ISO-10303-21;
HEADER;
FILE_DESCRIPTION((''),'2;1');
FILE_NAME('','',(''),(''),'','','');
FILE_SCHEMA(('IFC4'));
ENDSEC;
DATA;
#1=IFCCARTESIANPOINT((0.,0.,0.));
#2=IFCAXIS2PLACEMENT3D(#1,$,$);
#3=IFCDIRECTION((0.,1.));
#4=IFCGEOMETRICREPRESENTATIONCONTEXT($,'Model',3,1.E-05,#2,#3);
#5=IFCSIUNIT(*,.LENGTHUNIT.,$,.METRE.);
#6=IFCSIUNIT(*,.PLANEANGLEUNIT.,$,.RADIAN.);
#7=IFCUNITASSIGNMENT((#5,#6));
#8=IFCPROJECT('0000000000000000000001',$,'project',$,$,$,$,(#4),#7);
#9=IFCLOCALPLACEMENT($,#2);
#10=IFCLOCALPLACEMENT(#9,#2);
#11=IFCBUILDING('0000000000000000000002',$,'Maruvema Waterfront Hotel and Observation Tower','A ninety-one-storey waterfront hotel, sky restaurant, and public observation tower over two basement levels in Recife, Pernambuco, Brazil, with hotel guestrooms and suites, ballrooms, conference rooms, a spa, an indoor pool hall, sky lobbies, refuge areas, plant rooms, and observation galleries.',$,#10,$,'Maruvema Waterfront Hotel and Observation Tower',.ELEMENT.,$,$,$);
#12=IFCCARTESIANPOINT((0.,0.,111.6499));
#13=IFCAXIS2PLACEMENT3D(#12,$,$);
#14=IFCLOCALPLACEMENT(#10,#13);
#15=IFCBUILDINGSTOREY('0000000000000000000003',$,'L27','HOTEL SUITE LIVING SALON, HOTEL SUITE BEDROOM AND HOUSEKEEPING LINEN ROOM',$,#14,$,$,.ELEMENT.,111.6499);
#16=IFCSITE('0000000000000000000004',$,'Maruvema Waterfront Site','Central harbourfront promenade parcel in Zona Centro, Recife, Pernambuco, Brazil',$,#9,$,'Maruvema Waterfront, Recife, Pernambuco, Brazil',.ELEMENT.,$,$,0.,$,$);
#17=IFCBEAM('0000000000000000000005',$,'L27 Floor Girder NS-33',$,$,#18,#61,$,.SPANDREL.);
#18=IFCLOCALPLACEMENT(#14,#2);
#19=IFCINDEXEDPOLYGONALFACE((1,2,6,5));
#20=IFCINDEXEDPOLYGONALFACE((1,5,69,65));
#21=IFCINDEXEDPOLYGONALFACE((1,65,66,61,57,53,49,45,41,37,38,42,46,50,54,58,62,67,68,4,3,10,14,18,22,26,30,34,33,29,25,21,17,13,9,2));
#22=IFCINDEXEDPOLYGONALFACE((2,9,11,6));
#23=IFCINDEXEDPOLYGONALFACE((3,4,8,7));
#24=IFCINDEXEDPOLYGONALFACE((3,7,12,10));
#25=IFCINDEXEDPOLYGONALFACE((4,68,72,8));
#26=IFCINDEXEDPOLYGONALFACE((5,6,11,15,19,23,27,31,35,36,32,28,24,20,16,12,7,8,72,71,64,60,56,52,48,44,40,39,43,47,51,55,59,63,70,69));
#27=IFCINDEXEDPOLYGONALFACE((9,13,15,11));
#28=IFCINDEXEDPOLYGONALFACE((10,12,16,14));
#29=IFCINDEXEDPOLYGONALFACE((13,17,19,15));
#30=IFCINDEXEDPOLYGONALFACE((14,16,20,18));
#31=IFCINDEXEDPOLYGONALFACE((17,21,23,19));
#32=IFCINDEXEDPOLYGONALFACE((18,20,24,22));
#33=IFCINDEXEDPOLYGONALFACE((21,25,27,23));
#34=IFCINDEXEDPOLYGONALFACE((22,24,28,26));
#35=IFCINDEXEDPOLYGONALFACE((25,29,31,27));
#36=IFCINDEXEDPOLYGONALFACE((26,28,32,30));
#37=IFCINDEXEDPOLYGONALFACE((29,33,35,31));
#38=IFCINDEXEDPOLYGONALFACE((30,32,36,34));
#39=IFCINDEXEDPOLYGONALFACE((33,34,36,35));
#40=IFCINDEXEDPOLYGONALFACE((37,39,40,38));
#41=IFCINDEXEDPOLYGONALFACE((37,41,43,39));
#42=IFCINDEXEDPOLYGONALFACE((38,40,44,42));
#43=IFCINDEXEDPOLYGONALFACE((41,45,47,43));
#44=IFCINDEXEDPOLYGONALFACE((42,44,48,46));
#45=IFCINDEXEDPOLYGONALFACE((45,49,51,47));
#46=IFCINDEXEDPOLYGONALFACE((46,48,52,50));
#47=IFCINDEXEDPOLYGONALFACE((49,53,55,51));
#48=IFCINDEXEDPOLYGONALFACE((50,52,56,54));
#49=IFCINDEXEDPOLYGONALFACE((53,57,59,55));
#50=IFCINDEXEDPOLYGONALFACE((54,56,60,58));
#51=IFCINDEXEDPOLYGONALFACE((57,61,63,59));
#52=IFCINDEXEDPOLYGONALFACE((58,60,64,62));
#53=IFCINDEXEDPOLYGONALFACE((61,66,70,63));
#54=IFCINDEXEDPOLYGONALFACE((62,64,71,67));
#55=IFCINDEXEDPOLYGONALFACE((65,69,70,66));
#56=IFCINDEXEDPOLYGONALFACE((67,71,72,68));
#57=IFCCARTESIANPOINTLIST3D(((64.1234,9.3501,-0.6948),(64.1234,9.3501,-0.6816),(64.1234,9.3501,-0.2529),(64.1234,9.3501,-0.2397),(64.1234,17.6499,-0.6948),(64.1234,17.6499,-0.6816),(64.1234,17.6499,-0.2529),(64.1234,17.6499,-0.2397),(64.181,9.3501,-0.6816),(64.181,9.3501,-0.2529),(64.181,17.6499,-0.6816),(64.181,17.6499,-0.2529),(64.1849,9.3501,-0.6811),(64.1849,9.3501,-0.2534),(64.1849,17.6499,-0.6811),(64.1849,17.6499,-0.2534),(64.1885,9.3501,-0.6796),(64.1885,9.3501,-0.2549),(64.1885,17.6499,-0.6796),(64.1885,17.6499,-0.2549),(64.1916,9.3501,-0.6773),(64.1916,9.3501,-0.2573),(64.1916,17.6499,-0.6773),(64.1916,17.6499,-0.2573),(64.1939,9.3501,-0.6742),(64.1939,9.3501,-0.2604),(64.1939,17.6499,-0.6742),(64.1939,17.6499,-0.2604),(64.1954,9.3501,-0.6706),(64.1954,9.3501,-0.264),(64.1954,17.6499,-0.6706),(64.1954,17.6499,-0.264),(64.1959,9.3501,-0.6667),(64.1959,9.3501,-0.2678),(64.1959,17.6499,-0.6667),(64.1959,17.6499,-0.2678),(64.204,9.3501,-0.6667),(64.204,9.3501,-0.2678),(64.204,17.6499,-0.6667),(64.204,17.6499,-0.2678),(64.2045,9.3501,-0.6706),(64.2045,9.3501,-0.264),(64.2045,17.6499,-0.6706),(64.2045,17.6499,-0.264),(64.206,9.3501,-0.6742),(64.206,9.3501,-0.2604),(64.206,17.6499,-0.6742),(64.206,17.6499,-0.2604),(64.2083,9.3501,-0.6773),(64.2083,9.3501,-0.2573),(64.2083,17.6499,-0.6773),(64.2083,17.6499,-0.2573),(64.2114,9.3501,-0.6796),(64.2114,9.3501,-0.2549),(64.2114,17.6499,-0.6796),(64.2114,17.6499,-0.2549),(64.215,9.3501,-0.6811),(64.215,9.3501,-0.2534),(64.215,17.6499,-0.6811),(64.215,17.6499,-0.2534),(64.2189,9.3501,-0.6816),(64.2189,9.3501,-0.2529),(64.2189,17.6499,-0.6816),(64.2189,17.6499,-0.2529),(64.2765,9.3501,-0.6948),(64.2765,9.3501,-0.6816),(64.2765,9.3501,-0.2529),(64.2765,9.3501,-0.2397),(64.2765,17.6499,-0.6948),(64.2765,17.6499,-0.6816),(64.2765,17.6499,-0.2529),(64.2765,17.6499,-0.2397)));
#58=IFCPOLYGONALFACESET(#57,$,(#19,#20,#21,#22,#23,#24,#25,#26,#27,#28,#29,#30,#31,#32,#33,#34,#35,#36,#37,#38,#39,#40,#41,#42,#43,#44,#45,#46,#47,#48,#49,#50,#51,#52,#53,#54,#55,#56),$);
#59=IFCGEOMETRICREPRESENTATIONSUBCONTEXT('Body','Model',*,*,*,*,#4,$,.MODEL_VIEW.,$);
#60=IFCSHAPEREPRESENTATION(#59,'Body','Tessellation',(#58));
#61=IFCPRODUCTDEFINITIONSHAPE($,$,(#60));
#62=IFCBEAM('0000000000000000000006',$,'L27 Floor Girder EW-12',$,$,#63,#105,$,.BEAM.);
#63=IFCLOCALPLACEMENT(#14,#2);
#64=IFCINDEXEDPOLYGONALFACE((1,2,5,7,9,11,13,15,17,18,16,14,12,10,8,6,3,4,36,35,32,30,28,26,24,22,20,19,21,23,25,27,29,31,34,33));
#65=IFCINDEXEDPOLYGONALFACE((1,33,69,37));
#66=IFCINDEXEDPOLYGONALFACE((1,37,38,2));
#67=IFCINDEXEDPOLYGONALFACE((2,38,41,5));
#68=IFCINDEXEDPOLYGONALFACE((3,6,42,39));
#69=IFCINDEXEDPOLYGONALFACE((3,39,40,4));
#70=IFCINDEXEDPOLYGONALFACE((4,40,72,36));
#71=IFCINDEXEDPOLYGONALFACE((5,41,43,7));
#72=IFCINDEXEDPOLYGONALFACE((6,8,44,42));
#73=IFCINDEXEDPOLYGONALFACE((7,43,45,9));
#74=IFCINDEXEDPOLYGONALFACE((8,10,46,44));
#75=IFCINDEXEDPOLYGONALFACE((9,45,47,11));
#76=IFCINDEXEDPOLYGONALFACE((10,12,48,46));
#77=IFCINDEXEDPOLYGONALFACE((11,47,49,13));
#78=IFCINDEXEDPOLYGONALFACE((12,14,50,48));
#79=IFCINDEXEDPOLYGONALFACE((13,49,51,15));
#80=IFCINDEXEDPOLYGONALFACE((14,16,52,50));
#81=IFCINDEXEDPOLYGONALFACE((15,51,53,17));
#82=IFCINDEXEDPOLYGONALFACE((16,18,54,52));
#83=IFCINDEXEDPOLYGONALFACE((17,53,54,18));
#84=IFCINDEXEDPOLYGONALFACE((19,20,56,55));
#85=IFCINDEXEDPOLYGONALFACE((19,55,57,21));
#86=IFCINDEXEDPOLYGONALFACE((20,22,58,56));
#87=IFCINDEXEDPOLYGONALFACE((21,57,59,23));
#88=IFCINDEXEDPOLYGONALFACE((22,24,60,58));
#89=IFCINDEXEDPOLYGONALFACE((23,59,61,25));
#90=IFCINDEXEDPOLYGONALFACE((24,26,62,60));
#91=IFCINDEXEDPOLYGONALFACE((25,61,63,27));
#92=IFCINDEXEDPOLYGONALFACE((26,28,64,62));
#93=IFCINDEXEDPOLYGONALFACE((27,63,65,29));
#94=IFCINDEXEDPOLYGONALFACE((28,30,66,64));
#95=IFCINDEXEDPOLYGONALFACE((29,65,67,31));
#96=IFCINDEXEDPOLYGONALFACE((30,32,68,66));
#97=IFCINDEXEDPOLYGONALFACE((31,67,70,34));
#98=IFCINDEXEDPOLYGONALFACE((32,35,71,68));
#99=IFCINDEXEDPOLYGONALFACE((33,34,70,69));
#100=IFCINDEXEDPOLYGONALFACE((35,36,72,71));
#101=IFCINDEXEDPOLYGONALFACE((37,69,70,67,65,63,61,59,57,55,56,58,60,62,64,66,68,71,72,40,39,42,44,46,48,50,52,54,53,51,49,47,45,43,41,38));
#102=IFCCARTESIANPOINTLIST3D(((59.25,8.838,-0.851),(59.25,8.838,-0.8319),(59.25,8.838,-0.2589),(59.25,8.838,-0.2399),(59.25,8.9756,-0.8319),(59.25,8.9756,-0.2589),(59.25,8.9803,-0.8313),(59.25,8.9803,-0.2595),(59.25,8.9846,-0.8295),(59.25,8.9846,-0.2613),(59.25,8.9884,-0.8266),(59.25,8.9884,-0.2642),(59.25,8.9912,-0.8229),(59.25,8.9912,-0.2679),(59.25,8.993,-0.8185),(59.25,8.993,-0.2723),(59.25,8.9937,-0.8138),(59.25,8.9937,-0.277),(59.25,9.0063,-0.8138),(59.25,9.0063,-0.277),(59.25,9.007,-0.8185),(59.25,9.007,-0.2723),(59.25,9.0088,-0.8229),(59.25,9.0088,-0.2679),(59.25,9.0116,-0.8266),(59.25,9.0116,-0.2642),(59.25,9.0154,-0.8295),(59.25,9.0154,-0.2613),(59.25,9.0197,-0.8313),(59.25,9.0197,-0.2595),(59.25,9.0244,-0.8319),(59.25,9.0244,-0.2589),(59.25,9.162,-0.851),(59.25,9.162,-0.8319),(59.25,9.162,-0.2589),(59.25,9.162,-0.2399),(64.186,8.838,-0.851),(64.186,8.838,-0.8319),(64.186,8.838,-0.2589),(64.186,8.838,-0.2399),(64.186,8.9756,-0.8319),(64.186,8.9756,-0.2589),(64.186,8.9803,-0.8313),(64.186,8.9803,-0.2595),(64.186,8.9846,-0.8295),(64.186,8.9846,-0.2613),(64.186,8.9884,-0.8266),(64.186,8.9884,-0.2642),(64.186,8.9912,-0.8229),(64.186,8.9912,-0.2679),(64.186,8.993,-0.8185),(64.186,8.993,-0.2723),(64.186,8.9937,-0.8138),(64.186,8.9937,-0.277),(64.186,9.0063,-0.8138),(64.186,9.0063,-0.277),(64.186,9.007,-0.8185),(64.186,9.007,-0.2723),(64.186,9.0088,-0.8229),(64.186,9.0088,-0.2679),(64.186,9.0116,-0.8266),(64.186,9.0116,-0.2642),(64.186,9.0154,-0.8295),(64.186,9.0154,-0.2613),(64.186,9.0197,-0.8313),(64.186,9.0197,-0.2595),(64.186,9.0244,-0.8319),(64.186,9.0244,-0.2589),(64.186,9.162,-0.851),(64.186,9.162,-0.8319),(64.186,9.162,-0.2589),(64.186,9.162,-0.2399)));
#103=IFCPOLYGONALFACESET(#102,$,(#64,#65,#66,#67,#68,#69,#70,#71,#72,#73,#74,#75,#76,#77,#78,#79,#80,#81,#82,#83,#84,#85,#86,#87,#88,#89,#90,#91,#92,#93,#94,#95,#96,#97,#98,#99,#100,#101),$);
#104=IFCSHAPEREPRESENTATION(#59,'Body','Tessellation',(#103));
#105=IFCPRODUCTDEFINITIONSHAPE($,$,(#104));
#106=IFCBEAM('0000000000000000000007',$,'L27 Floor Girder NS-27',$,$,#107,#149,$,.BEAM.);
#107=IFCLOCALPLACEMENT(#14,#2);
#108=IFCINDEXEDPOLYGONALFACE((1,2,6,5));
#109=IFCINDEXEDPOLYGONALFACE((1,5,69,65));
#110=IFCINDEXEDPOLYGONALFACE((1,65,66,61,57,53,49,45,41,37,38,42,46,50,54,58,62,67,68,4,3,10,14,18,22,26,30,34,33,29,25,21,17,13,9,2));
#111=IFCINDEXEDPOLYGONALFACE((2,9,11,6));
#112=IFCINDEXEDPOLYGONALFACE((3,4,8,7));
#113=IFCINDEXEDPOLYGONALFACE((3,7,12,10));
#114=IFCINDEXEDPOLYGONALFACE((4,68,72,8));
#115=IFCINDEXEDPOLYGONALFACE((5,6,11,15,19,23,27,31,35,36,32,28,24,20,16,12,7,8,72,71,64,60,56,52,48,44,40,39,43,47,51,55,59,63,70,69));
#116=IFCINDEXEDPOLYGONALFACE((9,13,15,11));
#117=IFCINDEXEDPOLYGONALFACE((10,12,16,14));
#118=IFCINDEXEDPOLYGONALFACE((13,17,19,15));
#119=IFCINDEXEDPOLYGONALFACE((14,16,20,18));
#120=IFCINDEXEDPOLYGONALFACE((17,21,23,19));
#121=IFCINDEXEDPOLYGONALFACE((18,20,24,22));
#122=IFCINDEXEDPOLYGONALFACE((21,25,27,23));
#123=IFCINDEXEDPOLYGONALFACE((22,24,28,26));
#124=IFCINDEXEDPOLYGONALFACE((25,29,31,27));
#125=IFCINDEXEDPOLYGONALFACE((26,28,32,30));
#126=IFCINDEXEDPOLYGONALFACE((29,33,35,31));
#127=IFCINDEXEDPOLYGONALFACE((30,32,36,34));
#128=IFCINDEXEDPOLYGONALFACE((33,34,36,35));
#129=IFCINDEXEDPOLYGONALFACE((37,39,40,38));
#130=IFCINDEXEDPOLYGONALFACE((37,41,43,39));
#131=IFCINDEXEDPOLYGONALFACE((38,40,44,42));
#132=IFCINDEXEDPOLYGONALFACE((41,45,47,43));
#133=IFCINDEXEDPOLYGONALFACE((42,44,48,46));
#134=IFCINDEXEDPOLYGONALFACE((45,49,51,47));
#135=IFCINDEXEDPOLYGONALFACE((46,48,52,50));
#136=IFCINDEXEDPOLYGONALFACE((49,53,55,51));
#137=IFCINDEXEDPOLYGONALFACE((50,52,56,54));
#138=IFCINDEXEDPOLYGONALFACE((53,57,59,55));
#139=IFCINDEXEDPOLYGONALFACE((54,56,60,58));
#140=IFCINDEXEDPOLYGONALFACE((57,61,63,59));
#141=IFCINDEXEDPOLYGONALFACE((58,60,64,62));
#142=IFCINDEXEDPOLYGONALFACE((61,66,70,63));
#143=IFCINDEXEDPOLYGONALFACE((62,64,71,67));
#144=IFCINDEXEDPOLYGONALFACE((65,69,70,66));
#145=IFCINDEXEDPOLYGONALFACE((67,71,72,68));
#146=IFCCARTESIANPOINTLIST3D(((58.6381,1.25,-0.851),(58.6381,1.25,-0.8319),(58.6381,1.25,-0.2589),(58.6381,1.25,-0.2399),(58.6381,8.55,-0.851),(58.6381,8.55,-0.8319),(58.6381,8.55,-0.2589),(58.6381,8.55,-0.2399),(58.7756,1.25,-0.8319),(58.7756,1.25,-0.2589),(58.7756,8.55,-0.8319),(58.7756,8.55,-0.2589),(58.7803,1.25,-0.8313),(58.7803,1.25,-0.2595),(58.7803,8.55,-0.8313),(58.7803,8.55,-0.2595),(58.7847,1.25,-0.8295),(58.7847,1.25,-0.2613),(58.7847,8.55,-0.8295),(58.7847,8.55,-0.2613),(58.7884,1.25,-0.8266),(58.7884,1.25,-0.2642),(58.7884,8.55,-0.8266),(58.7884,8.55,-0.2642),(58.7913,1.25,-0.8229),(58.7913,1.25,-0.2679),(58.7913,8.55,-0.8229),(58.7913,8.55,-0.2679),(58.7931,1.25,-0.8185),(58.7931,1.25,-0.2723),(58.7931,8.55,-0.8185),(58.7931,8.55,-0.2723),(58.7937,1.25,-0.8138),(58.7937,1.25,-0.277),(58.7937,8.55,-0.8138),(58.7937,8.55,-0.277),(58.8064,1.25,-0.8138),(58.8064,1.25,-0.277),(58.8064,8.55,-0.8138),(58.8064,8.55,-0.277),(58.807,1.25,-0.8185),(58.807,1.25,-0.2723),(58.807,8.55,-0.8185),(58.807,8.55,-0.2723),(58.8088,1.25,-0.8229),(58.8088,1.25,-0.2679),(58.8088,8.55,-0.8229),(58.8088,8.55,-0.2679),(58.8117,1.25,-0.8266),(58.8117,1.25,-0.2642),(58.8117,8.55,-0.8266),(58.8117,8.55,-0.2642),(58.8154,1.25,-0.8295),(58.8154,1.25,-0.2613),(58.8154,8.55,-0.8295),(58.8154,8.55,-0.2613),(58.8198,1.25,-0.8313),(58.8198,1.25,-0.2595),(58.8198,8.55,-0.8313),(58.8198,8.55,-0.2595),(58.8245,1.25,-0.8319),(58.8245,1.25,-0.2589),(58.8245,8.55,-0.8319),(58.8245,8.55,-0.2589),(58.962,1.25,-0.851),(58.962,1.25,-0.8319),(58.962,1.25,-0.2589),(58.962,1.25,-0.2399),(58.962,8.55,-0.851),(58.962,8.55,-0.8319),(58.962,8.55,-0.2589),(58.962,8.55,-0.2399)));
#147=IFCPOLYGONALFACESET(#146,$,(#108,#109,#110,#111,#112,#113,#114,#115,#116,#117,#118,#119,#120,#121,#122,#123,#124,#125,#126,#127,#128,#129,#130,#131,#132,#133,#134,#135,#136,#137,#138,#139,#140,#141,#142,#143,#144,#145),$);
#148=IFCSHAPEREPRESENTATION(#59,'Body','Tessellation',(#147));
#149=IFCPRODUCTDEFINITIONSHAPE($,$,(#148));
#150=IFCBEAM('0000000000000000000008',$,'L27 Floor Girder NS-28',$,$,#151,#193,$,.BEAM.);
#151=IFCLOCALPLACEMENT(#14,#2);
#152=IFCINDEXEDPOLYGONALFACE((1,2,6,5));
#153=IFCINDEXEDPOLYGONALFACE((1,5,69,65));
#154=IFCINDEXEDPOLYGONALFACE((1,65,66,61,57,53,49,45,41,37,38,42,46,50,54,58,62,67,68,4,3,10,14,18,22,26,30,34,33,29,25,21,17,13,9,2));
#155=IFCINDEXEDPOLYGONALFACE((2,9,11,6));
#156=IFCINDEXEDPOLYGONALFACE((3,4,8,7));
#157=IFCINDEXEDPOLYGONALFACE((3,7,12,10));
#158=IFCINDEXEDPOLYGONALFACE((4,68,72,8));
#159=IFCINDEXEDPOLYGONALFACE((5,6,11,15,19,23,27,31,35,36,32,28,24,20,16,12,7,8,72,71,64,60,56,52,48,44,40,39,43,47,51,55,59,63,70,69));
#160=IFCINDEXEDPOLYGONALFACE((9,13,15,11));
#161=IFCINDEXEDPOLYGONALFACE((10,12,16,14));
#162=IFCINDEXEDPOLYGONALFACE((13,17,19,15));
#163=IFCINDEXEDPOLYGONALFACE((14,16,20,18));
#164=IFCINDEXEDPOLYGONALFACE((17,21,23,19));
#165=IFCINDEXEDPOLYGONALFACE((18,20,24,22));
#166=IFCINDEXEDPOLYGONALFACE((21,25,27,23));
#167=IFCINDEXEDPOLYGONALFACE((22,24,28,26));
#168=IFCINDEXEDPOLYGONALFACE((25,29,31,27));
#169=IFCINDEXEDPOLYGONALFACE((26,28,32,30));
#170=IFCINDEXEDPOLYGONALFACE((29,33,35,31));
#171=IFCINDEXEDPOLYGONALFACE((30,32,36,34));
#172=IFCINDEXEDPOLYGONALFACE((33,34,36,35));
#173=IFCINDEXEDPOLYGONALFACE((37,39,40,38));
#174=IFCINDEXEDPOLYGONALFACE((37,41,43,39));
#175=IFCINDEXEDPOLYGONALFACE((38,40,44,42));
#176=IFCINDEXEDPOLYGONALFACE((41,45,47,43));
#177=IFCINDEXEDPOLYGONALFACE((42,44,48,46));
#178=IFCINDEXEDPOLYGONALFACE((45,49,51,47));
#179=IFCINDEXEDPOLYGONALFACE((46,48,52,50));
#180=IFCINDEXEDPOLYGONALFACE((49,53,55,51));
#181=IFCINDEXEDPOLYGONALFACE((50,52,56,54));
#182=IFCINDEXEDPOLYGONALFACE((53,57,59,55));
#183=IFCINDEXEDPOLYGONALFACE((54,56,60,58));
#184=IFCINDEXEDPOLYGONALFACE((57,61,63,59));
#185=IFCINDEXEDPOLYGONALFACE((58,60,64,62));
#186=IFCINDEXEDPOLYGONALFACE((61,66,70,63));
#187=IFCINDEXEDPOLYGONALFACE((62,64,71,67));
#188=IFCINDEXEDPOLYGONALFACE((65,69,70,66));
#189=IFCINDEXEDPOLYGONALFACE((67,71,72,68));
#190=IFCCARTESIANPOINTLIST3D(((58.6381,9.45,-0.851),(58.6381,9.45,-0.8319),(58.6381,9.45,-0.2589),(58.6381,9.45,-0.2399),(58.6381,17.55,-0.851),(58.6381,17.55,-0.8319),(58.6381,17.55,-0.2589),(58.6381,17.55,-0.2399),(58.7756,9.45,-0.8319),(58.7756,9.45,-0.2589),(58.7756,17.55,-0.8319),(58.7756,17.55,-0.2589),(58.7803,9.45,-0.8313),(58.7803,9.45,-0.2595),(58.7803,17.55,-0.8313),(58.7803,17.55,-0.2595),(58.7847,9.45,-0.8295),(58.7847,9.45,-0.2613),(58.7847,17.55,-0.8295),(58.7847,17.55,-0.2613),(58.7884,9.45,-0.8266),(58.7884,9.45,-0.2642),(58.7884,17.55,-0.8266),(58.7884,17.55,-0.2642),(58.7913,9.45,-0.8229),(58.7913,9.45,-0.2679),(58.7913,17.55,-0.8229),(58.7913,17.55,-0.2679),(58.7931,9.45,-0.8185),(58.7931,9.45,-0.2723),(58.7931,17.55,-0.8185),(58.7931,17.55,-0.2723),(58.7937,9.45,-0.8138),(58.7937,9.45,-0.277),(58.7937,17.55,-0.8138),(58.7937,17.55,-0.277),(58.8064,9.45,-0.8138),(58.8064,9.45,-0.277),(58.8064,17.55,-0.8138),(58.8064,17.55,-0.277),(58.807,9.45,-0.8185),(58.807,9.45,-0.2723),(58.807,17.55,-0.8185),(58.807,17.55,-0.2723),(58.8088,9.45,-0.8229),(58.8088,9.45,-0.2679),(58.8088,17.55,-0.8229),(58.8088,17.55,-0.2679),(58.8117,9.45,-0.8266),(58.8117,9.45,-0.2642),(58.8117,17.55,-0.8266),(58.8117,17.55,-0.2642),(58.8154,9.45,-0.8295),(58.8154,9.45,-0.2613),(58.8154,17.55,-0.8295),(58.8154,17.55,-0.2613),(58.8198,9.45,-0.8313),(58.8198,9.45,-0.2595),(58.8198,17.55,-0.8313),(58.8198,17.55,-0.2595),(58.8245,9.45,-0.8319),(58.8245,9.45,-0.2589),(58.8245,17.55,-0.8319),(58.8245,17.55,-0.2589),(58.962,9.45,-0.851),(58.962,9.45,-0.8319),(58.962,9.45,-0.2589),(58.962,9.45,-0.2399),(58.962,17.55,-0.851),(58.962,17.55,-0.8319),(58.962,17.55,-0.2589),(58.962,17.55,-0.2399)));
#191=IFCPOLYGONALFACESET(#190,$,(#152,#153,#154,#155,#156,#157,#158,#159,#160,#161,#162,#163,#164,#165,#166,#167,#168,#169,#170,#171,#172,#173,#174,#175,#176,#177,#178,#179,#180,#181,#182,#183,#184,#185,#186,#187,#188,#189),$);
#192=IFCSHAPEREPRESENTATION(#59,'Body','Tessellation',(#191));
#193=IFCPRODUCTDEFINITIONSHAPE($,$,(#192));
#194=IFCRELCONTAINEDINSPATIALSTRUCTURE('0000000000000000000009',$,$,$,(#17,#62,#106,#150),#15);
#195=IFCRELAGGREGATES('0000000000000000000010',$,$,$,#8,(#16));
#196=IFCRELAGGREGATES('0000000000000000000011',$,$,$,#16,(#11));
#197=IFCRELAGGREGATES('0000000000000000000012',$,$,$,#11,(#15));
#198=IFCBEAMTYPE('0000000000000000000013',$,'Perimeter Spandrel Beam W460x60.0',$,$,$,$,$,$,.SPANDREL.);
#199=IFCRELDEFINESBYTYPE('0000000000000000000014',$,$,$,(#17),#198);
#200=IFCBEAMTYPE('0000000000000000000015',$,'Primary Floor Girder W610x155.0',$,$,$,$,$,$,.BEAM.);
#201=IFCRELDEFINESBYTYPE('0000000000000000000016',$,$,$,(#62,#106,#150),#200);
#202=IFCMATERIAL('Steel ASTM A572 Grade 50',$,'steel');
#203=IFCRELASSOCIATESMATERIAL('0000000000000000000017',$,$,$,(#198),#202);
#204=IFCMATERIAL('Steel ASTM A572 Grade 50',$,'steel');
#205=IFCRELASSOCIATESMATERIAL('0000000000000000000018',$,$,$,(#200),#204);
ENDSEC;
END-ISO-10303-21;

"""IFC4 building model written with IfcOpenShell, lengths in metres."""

from ifc_helpers import new_model, si_unit, direction, frame, origin, origin_2d, place, context, subcontext, project, spatial, i_section, extrude, material, material_profile, profile_set, type_object, element, save


model = new_model("IFC4")

# Units and contexts
model_context = context("Model", 3, precision=1e-05, world=origin(), true_north=direction((0.0, 1.0)))
body_context = subcontext(model_context, "Body", "Model", "MODEL_VIEW")
ifc_project = project(units=[si_unit("LENGTHUNIT", "METRE"), si_unit("PLANEANGLEUNIT", "RADIAN")], contexts=[model_context])

# Site, building, storey
site_placement = place(None, origin())
site = spatial("IfcSite", under=ifc_project, at=site_placement, Name="Maruvema Waterfront Site", Description="Central harbourfront promenade parcel in Zona Centro, Recife, Pernambuco, Brazil", LongName="Maruvema Waterfront, Recife, Pernambuco, Brazil", CompositionType="ELEMENT", RefElevation=0.0)
building_placement = place(site_placement, origin())
building = spatial("IfcBuilding", under=site, at=building_placement, Name="Maruvema Waterfront Hotel and Observation Tower", Description="A ninety-one-storey waterfront hotel, sky restaurant, and public observation tower over two basement levels in Recife, Pernambuco, Brazil, with hotel guestrooms and suites, ballrooms, conference rooms, a spa, an indoor pool hall, sky lobbies, refuge areas, plant rooms, and observation galleries.", LongName="Maruvema Waterfront Hotel and Observation Tower", CompositionType="ELEMENT")
storey_placement = place(building_placement, frame((0.0, 0.0, 111.6499)))
storey = spatial("IfcBuildingStorey", under=building, at=storey_placement, Name="L27", Description="HOTEL SUITE LIVING SALON, HOTEL SUITE BEDROOM AND HOUSEKEEPING LINEN ROOM", CompositionType="ELEMENT", Elevation=111.6499)

# Beams
ifc_material_1 = material(Name="Steel ASTM A572 Grade 50", Category="steel")
ifc_material_profile_1 = material_profile(ifc_material_1, i_section(OverallWidth=0.1531, OverallDepth=0.4551, WebThickness=0.0081, FlangeThickness=0.0132, FilletRadius=0.0149, at=origin_2d()), Name="W460x60.0")
ifc_profile_set_1 = profile_set([ifc_material_profile_1], Name="Steel ASTM A572 Grade 50")
beam_type_1 = type_object("IfcBeamType", Name="Perimeter Spandrel Beam W460x60.0", PredefinedType="SPANDREL", material=ifc_profile_set_1)
beam_1_placement = place(storey_placement, frame((64.2, 9.3501, -0.4673), z_axis=(0.0, 1.0, 0.0), x_axis=(-1.0, 0.0, 0.0)))
element("IfcBeam", 1, at=beam_1_placement, inside=storey, type_object=beam_type_1, Name="L27 Floor Girder NS-33", PredefinedType="SPANDREL", context=body_context, shape_type="SweptSolid", body=[
    extrude(i_section(OverallWidth=0.1531, OverallDepth=0.4551, WebThickness=0.0081, FlangeThickness=0.0132, FilletRadius=0.0149, at=origin_2d()), origin(), (0.0, 0.0, 1.0), 8.2998),
])
ifc_material_2 = material(Name="Steel ASTM A572 Grade 50", Category="steel")
ifc_material_profile_2 = material_profile(ifc_material_2, i_section(OverallWidth=0.324, OverallDepth=0.6111, WebThickness=0.0127, FlangeThickness=0.019, FilletRadius=0.0181, at=origin_2d()), Name="W610x155.0")
ifc_profile_set_2 = profile_set([ifc_material_profile_2], Name="Steel ASTM A572 Grade 50")
beam_type_2 = type_object("IfcBeamType", Name="Primary Floor Girder W610x155.0", PredefinedType="BEAM", material=ifc_profile_set_2)
beam_2_placement = place(storey_placement, frame((59.25, 9.0, -0.5454), z_axis=(1.0, 0.0, 0.0), x_axis=(0.0, 1.0, 0.0)))
element("IfcBeam", 2, at=beam_2_placement, inside=storey, type_object=beam_type_2, Name="L27 Floor Girder EW-12", PredefinedType="BEAM", context=body_context, shape_type="SweptSolid", body=[
    extrude(i_section(OverallWidth=0.324, OverallDepth=0.6111, WebThickness=0.0127, FlangeThickness=0.019, FilletRadius=0.0181, at=origin_2d()), origin(), (0.0, 0.0, 1.0), 4.936),
])
beam_3_placement = place(storey_placement, frame((58.8, 1.25, -0.5454), z_axis=(0.0, 1.0, 0.0), x_axis=(-1.0, 0.0, 0.0)))
element("IfcBeam", 3, at=beam_3_placement, inside=storey, type_object=beam_type_2, Name="L27 Floor Girder NS-27", PredefinedType="BEAM", context=body_context, shape_type="SweptSolid", body=[
    extrude(i_section(OverallWidth=0.324, OverallDepth=0.6111, WebThickness=0.0127, FlangeThickness=0.019, FilletRadius=0.0181, at=origin_2d()), origin(), (0.0, 0.0, 1.0), 7.3),
])
beam_4_placement = place(storey_placement, frame((58.8, 9.45, -0.5454), z_axis=(0.0, 1.0, 0.0), x_axis=(-1.0, 0.0, 0.0)))
element("IfcBeam", 4, at=beam_4_placement, inside=storey, type_object=beam_type_2, Name="L27 Floor Girder NS-28", PredefinedType="BEAM", context=body_context, shape_type="SweptSolid", body=[
    extrude(i_section(OverallWidth=0.324, OverallDepth=0.6111, WebThickness=0.0127, FlangeThickness=0.019, FilletRadius=0.0181, at=origin_2d()), origin(), (0.0, 0.0, 1.0), 8.1001),
])

save(model, "model.ifc")
